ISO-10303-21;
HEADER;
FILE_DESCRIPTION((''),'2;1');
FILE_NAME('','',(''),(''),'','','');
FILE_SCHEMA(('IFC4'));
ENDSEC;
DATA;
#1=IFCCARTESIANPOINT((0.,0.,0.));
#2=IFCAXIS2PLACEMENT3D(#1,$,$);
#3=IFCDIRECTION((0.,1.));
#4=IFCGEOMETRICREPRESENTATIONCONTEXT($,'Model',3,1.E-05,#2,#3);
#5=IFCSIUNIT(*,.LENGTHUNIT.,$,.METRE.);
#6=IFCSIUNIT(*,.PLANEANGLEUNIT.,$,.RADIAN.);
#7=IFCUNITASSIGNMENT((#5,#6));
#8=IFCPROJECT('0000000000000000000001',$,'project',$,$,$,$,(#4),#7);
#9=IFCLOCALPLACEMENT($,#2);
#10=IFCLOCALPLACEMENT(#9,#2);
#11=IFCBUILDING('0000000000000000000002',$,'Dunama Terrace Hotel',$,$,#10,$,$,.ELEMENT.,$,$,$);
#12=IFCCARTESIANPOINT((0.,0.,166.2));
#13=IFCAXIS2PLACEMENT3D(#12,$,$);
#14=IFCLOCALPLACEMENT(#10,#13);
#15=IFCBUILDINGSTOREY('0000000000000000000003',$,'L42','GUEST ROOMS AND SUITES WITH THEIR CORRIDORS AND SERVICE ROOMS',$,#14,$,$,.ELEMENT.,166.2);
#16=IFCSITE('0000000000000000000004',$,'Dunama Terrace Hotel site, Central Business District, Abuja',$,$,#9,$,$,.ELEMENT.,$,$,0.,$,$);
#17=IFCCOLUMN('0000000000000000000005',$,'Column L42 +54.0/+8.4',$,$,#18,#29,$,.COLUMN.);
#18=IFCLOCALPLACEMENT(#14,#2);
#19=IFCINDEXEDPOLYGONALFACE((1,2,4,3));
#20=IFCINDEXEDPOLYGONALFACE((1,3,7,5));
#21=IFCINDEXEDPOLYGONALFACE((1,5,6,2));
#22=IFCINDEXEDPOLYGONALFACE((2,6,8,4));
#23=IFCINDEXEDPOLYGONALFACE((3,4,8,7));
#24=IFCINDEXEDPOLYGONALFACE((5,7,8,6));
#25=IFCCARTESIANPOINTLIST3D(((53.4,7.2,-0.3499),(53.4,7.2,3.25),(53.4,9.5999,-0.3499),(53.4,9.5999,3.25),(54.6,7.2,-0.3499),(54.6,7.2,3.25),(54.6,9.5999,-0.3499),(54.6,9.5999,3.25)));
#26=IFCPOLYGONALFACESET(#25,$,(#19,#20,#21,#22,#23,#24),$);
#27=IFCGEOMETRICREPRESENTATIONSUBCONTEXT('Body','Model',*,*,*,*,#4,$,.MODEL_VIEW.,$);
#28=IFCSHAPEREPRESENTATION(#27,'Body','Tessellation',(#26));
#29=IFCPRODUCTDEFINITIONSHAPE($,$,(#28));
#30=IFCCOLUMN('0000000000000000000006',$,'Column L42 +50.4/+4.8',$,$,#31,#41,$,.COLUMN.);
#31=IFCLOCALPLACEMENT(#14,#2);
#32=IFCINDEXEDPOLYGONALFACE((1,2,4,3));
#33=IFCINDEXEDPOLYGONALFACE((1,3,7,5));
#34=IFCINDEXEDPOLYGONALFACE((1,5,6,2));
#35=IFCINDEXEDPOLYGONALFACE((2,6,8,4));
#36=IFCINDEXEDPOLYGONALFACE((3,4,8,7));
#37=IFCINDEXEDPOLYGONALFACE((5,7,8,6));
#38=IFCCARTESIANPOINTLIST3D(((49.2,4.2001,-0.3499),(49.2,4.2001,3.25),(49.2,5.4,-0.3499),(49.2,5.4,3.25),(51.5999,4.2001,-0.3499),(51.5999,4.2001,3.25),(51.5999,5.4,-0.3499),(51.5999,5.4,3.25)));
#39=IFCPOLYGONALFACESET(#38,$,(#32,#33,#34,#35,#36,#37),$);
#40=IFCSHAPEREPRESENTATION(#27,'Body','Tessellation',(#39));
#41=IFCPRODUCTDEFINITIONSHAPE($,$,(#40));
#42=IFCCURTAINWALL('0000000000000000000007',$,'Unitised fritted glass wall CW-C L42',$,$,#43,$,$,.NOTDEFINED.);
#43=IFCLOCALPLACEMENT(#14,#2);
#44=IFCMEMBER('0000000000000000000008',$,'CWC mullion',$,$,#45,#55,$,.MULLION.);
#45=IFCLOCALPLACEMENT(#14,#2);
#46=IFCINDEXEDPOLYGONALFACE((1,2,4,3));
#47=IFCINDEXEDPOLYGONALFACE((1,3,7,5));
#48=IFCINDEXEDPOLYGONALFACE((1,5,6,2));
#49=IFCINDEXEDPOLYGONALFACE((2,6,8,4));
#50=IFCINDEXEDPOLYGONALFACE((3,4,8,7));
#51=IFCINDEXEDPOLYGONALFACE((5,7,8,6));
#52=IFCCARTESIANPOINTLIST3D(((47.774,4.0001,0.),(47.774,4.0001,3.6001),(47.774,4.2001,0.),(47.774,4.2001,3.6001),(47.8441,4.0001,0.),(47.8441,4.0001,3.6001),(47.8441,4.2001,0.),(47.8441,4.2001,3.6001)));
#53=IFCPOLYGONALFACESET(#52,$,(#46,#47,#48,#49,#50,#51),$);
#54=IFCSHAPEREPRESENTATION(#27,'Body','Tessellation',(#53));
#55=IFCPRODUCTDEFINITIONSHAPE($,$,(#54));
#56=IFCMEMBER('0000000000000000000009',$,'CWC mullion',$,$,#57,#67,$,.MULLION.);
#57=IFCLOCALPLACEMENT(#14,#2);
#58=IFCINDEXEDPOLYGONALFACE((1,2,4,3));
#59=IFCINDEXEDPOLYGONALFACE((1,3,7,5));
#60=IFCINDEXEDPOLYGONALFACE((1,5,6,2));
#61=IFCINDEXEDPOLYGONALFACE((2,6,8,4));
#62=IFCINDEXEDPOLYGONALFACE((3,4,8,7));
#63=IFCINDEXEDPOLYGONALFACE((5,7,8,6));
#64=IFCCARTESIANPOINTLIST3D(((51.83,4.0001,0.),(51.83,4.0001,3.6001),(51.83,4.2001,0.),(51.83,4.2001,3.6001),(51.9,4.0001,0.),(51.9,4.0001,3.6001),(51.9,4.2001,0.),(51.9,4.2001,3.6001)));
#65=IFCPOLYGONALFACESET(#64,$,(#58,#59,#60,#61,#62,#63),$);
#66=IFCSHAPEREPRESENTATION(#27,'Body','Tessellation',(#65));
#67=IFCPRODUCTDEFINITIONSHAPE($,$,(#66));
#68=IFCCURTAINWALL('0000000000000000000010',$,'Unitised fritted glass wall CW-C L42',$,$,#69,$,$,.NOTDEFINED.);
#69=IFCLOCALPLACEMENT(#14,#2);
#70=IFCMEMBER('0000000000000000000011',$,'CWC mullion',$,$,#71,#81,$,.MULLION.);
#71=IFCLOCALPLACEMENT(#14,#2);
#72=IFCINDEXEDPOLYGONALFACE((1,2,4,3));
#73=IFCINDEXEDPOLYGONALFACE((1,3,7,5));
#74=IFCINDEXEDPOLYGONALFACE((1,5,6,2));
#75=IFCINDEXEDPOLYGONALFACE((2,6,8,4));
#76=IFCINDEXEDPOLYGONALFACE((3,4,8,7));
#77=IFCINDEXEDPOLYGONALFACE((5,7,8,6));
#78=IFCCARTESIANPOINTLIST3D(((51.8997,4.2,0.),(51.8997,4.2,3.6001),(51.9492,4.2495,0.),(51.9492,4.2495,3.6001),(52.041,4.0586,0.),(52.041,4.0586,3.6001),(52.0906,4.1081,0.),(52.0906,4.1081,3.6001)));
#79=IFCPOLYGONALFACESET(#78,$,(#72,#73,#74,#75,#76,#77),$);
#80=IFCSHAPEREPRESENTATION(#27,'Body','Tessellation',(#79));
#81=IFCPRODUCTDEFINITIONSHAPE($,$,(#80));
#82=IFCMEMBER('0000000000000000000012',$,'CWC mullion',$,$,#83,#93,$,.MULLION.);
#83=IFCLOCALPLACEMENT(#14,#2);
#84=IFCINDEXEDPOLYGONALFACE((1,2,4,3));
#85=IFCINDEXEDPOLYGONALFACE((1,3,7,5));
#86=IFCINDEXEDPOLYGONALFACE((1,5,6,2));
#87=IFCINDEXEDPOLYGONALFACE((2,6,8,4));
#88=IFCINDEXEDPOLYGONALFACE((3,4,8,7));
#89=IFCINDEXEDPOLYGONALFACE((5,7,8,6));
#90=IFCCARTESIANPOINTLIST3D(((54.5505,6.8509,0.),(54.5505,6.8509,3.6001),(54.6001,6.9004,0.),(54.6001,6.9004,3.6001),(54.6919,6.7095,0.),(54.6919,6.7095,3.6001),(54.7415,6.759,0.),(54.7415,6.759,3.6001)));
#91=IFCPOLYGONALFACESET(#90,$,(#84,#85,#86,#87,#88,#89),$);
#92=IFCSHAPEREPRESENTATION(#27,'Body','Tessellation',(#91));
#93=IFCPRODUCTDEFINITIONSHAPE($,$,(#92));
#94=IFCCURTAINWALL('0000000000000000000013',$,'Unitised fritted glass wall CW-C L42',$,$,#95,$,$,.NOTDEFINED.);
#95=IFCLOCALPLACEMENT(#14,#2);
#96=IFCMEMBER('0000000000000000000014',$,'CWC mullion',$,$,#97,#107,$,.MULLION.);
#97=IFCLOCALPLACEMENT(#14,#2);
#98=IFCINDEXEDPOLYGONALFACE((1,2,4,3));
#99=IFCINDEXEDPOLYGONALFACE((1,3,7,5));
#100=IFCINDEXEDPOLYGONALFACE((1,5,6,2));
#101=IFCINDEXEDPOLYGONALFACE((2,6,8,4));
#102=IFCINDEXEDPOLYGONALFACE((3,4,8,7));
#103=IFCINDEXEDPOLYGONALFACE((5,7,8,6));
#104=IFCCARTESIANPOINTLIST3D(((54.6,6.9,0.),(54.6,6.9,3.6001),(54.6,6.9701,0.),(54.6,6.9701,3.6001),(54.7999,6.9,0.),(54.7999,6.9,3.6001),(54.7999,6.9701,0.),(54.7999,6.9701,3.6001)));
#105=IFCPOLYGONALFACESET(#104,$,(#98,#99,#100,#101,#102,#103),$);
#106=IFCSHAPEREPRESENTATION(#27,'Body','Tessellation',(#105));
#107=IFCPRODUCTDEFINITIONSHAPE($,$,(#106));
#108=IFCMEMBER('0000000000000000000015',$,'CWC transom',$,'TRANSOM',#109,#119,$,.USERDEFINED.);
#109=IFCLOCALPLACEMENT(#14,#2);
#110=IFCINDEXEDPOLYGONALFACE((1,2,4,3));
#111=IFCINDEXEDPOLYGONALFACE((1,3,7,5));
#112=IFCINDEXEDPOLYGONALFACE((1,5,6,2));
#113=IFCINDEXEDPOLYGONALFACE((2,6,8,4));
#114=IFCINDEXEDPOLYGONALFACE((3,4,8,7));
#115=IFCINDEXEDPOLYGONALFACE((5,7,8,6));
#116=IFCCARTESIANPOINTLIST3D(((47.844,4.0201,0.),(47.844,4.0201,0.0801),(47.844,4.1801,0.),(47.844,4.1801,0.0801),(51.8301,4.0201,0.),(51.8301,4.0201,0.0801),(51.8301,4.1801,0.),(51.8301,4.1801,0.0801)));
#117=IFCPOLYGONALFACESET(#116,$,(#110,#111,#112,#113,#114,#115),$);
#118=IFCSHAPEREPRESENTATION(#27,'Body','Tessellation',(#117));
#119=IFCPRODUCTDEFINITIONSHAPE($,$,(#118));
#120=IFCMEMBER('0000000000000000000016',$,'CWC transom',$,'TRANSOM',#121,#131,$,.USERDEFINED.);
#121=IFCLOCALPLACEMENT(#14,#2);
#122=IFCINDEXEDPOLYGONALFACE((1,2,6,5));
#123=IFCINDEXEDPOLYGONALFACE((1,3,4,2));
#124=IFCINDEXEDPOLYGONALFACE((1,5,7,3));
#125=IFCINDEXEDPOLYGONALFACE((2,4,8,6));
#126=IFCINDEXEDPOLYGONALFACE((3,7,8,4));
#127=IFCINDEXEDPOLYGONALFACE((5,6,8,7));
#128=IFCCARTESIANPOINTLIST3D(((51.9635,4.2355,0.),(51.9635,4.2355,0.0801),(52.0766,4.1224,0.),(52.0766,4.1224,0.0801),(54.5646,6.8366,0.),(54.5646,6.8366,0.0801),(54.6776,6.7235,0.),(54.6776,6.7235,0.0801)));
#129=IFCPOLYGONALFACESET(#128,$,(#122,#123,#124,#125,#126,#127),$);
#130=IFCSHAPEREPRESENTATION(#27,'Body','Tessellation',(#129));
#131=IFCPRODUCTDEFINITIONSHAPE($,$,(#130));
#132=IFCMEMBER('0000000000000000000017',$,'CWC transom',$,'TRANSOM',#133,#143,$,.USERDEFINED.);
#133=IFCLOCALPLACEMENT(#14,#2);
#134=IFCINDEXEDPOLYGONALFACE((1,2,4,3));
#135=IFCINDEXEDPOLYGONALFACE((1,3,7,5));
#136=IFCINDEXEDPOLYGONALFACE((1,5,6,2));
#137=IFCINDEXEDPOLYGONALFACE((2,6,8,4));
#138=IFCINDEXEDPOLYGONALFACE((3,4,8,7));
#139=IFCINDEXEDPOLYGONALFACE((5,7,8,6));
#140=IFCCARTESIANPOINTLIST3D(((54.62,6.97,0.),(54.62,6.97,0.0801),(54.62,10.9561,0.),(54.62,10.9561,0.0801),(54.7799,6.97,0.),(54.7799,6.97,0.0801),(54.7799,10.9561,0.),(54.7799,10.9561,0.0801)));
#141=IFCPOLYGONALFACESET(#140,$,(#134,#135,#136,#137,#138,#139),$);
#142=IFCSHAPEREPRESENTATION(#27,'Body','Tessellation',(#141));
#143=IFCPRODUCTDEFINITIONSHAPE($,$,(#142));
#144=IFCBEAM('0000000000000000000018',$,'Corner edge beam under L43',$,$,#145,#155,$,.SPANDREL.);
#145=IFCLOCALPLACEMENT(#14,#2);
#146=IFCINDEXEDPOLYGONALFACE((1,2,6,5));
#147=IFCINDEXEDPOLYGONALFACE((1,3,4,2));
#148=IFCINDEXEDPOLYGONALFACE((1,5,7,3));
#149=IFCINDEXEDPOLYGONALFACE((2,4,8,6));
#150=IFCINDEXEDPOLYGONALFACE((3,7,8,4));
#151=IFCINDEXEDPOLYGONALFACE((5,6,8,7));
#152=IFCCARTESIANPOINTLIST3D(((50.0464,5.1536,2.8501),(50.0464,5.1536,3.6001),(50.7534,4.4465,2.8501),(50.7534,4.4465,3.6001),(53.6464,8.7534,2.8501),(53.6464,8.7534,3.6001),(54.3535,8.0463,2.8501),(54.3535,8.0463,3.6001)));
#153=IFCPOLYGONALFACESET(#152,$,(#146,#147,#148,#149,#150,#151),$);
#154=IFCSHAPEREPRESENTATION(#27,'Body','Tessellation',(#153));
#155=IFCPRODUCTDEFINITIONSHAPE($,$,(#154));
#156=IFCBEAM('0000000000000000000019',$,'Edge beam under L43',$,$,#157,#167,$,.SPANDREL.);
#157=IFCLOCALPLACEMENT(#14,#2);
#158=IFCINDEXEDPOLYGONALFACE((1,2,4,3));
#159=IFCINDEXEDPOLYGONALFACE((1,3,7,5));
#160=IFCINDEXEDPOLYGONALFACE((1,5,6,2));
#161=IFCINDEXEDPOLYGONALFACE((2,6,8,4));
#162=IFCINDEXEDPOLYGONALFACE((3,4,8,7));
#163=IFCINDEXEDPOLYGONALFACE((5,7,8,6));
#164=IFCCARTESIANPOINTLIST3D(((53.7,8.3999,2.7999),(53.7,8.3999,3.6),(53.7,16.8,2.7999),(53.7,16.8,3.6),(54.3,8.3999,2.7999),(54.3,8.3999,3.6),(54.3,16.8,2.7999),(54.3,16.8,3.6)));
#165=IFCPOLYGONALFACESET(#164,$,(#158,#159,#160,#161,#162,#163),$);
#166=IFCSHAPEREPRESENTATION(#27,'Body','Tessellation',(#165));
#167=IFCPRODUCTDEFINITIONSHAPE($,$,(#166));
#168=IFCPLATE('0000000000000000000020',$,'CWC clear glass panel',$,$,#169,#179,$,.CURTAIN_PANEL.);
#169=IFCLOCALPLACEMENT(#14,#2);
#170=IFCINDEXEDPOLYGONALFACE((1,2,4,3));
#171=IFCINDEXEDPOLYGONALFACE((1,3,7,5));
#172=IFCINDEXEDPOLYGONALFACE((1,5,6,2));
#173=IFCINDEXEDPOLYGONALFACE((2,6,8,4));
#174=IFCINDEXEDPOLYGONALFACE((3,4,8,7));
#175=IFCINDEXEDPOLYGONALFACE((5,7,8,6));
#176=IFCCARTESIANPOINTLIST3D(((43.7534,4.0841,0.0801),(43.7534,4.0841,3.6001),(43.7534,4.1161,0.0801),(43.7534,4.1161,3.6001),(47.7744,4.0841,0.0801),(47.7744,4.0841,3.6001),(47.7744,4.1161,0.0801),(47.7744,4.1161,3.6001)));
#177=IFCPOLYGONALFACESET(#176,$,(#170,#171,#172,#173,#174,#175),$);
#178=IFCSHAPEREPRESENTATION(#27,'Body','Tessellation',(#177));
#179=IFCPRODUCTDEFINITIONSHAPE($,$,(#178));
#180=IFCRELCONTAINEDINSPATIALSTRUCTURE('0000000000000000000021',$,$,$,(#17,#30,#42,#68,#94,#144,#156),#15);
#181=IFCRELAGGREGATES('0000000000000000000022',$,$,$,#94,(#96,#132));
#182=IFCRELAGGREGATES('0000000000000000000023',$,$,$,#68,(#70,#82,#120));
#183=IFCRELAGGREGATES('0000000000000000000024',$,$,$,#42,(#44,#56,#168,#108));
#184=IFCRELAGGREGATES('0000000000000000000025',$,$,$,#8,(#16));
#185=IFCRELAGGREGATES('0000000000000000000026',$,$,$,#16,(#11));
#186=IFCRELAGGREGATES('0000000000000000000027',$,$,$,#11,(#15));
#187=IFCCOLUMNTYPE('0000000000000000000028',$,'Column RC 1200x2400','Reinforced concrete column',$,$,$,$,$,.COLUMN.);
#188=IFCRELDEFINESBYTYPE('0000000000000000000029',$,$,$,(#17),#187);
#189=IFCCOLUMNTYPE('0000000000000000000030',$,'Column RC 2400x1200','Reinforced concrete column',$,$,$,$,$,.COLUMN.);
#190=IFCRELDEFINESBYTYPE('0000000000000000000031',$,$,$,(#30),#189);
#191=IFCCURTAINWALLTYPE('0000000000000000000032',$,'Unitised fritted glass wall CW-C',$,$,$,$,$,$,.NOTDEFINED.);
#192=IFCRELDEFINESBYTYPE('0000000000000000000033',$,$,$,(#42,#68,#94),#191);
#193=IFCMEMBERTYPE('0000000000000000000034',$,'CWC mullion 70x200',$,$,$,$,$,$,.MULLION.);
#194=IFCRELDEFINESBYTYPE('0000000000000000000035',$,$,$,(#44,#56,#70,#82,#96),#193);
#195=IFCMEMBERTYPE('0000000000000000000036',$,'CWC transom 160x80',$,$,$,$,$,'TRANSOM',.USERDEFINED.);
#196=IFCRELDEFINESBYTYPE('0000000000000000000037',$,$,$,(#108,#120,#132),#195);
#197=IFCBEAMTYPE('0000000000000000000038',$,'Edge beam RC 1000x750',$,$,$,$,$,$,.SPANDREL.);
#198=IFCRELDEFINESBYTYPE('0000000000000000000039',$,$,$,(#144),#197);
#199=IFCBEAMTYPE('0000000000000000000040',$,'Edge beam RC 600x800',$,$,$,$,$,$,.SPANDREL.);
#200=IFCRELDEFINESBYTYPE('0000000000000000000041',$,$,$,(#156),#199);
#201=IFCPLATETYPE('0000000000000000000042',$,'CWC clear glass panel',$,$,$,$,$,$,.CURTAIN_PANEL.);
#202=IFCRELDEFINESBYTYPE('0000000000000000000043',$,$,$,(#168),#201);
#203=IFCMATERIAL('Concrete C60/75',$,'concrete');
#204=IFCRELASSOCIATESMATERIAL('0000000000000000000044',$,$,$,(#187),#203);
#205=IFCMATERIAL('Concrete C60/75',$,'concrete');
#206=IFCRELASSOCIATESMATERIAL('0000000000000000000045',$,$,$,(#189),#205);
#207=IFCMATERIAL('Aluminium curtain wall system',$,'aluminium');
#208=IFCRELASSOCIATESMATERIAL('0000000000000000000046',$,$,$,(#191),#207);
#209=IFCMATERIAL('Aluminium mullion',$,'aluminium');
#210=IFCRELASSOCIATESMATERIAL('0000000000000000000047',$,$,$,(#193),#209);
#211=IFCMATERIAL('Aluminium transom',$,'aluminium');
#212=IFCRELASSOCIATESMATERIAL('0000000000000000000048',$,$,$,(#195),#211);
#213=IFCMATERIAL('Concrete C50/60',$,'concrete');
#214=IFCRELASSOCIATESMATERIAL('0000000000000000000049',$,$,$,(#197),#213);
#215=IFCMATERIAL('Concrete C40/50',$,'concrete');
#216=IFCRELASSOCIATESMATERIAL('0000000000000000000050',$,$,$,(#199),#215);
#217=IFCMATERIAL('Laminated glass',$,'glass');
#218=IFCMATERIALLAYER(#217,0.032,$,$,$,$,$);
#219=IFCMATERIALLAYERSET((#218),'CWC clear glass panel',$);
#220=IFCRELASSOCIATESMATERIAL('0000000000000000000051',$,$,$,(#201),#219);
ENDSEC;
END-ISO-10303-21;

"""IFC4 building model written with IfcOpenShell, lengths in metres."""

from ifc_helpers import new_model, si_unit, direction, frame, origin, origin_2d, place, context, subcontext, project, spatial, rectangle, extrude, material, layer, layer_set, material_profile, profile_set, type_object, element, aggregate, save


model = new_model("IFC4")

# Units and contexts
model_context = context("Model", 3, precision=1e-05, world=origin(), true_north=direction((0.0, 1.0)))
body_context = subcontext(model_context, "Body", "Model", "MODEL_VIEW")
ifc_project = project(units=[si_unit("LENGTHUNIT", "METRE"), si_unit("PLANEANGLEUNIT", "RADIAN")], contexts=[model_context])

# Site, building, storey
site_placement = place(None, origin())
site = spatial("IfcSite", under=ifc_project, at=site_placement, Name="Dunama Terrace Hotel site, Central Business District, Abuja", CompositionType="ELEMENT", RefElevation=0.0)
building_placement = place(site_placement, origin())
building = spatial("IfcBuilding", under=site, at=building_placement, Name="Dunama Terrace Hotel", CompositionType="ELEMENT")
storey_placement = place(building_placement, frame((0.0, 0.0, 166.2)))
storey = spatial("IfcBuildingStorey", under=building, at=storey_placement, Name="L42", Description="GUEST ROOMS AND SUITES WITH THEIR CORRIDORS AND SERVICE ROOMS", CompositionType="ELEMENT", Elevation=166.2)

# Columns
ifc_material_1 = material(Name="Concrete C60/75", Category="concrete")
ifc_material_profile_1 = material_profile(ifc_material_1, rectangle(XDim=1.2, YDim=2.3999, at=origin_2d()), Name="RC 1200x2400")
ifc_profile_set_1 = profile_set([ifc_material_profile_1], Name="Concrete C60/75")
column_type_1 = type_object("IfcColumnType", Name="Column RC 1200x2400", Description="Reinforced concrete column", PredefinedType="COLUMN", material=ifc_profile_set_1)
column_1_placement = place(storey_placement, frame((54.0, 8.3999, -0.3499), z_axis=(0.0, 0.0, 1.0), x_axis=(1.0, 0.0, 0.0)))
element("IfcColumn", 1, at=column_1_placement, inside=storey, type_object=column_type_1, Name="Column L42 +54.0/+8.4", PredefinedType="COLUMN", context=body_context, shape_type="SweptSolid", body=[
    extrude(rectangle(XDim=1.2, YDim=2.3999, at=origin_2d()), origin(), (0.0, 0.0, 1.0), 3.5999),
])
ifc_material_2 = material(Name="Concrete C60/75", Category="concrete")
ifc_material_profile_2 = material_profile(ifc_material_2, rectangle(XDim=2.3999, YDim=1.2, at=origin_2d()), Name="RC 2400x1200")
ifc_profile_set_2 = profile_set([ifc_material_profile_2], Name="Concrete C60/75")
column_type_2 = type_object("IfcColumnType", Name="Column RC 2400x1200", Description="Reinforced concrete column", PredefinedType="COLUMN", material=ifc_profile_set_2)
column_2_placement = place(storey_placement, frame((50.3999, 4.8, -0.3499), z_axis=(0.0, 0.0, 1.0), x_axis=(1.0, 0.0, 0.0)))
element("IfcColumn", 2, at=column_2_placement, inside=storey, type_object=column_type_2, Name="Column L42 +50.4/+4.8", PredefinedType="COLUMN", context=body_context, shape_type="SweptSolid", body=[
    extrude(rectangle(XDim=2.3999, YDim=1.2, at=origin_2d()), origin(), (0.0, 0.0, 1.0), 3.5999),
])

# Curtain walls, members
ifc_material_3 = material(Name="Aluminium curtain wall system", Category="aluminium")
curtain_wall_type = type_object("IfcCurtainWallType", Name="Unitised fritted glass wall CW-C", PredefinedType="NOTDEFINED", material=ifc_material_3)
curtain_wall_1_placement = place(storey_placement, origin())
curtain_wall_1 = element("IfcCurtainWall", 3, at=curtain_wall_1_placement, inside=storey, type_object=curtain_wall_type, Name="Unitised fritted glass wall CW-C L42", PredefinedType="NOTDEFINED")
ifc_material_4 = material(Name="Aluminium mullion", Category="aluminium")
ifc_material_profile_3 = material_profile(ifc_material_4, rectangle(XDim=0.0701, YDim=0.2, at=origin_2d()), Name="CWC MULLION 70X200")
ifc_profile_set_3 = profile_set([ifc_material_profile_3], Name="Aluminium mullion")
member_type_1 = type_object("IfcMemberType", Name="CWC mullion 70x200", PredefinedType="MULLION", material=ifc_profile_set_3)
member_1_placement = place(storey_placement, frame((47.8091, 4.1001, 0.0), z_axis=(0.0, 0.0, 1.0), x_axis=(1.0, 0.0, 0.0)))
member_1 = element("IfcMember", 4, at=member_1_placement, type_object=member_type_1, Name="CWC mullion", PredefinedType="MULLION", context=body_context, shape_type="SweptSolid", body=[
    extrude(rectangle(XDim=0.0701, YDim=0.2, at=origin_2d()), origin(), (0.0, 0.0, 1.0), 3.6001),
])
member_2_placement = place(storey_placement, frame((51.865, 4.1001, 0.0), z_axis=(0.0, 0.0, 1.0), x_axis=(1.0, 0.0, 0.0)))
member_2 = element("IfcMember", 5, at=member_2_placement, type_object=member_type_1, Name="CWC mullion", PredefinedType="MULLION", context=body_context, shape_type="SweptSolid", body=[
    extrude(rectangle(XDim=0.0701, YDim=0.2, at=origin_2d()), origin(), (0.0, 0.0, 1.0), 3.6001),
])
curtain_wall_2_placement = place(storey_placement, origin())
curtain_wall_2 = element("IfcCurtainWall", 6, at=curtain_wall_2_placement, inside=storey, type_object=curtain_wall_type, Name="Unitised fritted glass wall CW-C L42", PredefinedType="NOTDEFINED")
member_3_placement = place(storey_placement, frame((51.9951, 4.1541, 0.0), z_axis=(0.0, 0.0, 1.0), x_axis=(0.707107, 0.707107, 0.0)))
member_3 = element("IfcMember", 7, at=member_3_placement, type_object=member_type_1, Name="CWC mullion", PredefinedType="MULLION", context=body_context, shape_type="SweptSolid", body=[
    extrude(rectangle(XDim=0.0701, YDim=0.2, at=origin_2d()), origin(), (0.0, 0.0, 1.0), 3.6001),
])
member_4_placement = place(storey_placement, frame((54.646, 6.8049, 0.0), z_axis=(0.0, 0.0, 1.0), x_axis=(0.707107, 0.707107, 0.0)))
member_4 = element("IfcMember", 8, at=member_4_placement, type_object=member_type_1, Name="CWC mullion", PredefinedType="MULLION", context=body_context, shape_type="SweptSolid", body=[
    extrude(rectangle(XDim=0.0701, YDim=0.2, at=origin_2d()), origin(), (0.0, 0.0, 1.0), 3.6001),
])

# Curtain wall, member
curtain_wall_3_placement = place(storey_placement, origin())
curtain_wall_3 = element("IfcCurtainWall", 9, at=curtain_wall_3_placement, inside=storey, type_object=curtain_wall_type, Name="Unitised fritted glass wall CW-C L42", PredefinedType="NOTDEFINED")
member_5_placement = place(storey_placement, frame((54.7, 6.9351, 0.0), z_axis=(0.0, 0.0, 1.0), x_axis=(0.0, 1.0, 0.0)))
member_5 = element("IfcMember", 10, at=member_5_placement, type_object=member_type_1, Name="CWC mullion", PredefinedType="MULLION", context=body_context, shape_type="SweptSolid", body=[
    extrude(rectangle(XDim=0.0701, YDim=0.2, at=origin_2d()), origin(), (0.0, 0.0, 1.0), 3.6001),
])

# Members
ifc_material_5 = material(Name="Aluminium transom", Category="aluminium")
ifc_material_profile_4 = material_profile(ifc_material_5, rectangle(XDim=0.1599, YDim=0.0801, at=origin_2d()), Name="CWC TRANSOM 160X80")
ifc_profile_set_4 = profile_set([ifc_material_profile_4], Name="Aluminium transom")
member_type_2 = type_object("IfcMemberType", Name="CWC transom 160x80", ElementType="TRANSOM", PredefinedType="USERDEFINED", material=ifc_profile_set_4)
member_6_placement = place(storey_placement, frame((47.844, 4.1001, 0.04), z_axis=(1.0, 0.0, 0.0), x_axis=(0.0, 1.0, 0.0)))
member_6 = element("IfcMember", 11, at=member_6_placement, type_object=member_type_2, Name="CWC transom", ObjectType="TRANSOM", PredefinedType="USERDEFINED", context=body_context, shape_type="SweptSolid", body=[
    extrude(rectangle(XDim=0.1599, YDim=0.0801, at=origin_2d()), origin(), (0.0, 0.0, 1.0), 3.9861),
])
member_7_placement = place(storey_placement, frame((52.02, 4.179, 0.04), z_axis=(0.707107, 0.707107, 0.0), x_axis=(-0.707107, 0.707107, 0.0)))
member_7 = element("IfcMember", 12, at=member_7_placement, type_object=member_type_2, Name="CWC transom", ObjectType="TRANSOM", PredefinedType="USERDEFINED", context=body_context, shape_type="SweptSolid", body=[
    extrude(rectangle(XDim=0.1599, YDim=0.0801, at=origin_2d()), origin(), (0.0, 0.0, 1.0), 3.6785),
])
member_8_placement = place(storey_placement, frame((54.7, 6.97, 0.04), z_axis=(0.0, 1.0, 0.0), x_axis=(-1.0, 0.0, 0.0)))
member_8 = element("IfcMember", 13, at=member_8_placement, type_object=member_type_2, Name="CWC transom", ObjectType="TRANSOM", PredefinedType="USERDEFINED", context=body_context, shape_type="SweptSolid", body=[
    extrude(rectangle(XDim=0.1599, YDim=0.0801, at=origin_2d()), origin(), (0.0, 0.0, 1.0), 3.9861),
])

# Beams
ifc_material_6 = material(Name="Concrete C50/60", Category="concrete")
ifc_material_profile_5 = material_profile(ifc_material_6, rectangle(XDim=1.0, YDim=0.75, at=origin_2d()), Name="RC 1000x750")
ifc_profile_set_5 = profile_set([ifc_material_profile_5], Name="Concrete C50/60")
beam_type_1 = type_object("IfcBeamType", Name="Edge beam RC 1000x750", PredefinedType="SPANDREL", material=ifc_profile_set_5)
beam_1_placement = place(storey_placement, frame((50.3999, 4.8, 3.2251), z_axis=(0.707131, 0.707083, 0.0), x_axis=(-0.707083, 0.707131, 0.0)))
element("IfcBeam", 14, at=beam_1_placement, inside=storey, type_object=beam_type_1, Name="Corner edge beam under L43", PredefinedType="SPANDREL", context=body_context, shape_type="SweptSolid", body=[
    extrude(rectangle(XDim=1.0, YDim=0.75, at=origin_2d()), origin(), (0.0, 0.0, 1.0), 5.0911),
])
ifc_material_7 = material(Name="Concrete C40/50", Category="concrete")
ifc_material_profile_6 = material_profile(ifc_material_7, rectangle(XDim=0.6001, YDim=0.8, at=origin_2d()), Name="RC 600x800")
ifc_profile_set_6 = profile_set([ifc_material_profile_6], Name="Concrete C40/50")
beam_type_2 = type_object("IfcBeamType", Name="Edge beam RC 600x800", PredefinedType="SPANDREL", material=ifc_profile_set_6)
beam_2_placement = place(storey_placement, frame((54.0, 8.3999, 3.2), z_axis=(0.0, 1.0, 0.0), x_axis=(-1.0, 0.0, 0.0)))
element("IfcBeam", 15, at=beam_2_placement, inside=storey, type_object=beam_type_2, Name="Edge beam under L43", PredefinedType="SPANDREL", context=body_context, shape_type="SweptSolid", body=[
    extrude(rectangle(XDim=0.6001, YDim=0.8, at=origin_2d()), origin(), (0.0, 0.0, 1.0), 8.4001),
])

# Plate
ifc_material_8 = material(Name="Laminated glass", Category="glass")
ifc_layer_1 = layer(ifc_material_8, 0.032)
ifc_layer_set_1 = layer_set([ifc_layer_1], Name="CWC clear glass panel")
plate_type_1 = type_object("IfcPlateType", Name="CWC clear glass panel", PredefinedType="CURTAIN_PANEL", material=ifc_layer_set_1)
plate_1_placement = place(storey_placement, frame((45.7639, 4.1001, 0.0801), z_axis=(0.0, 0.0, 1.0), x_axis=(1.0, 0.0, 0.0)))
plate_1 = element("IfcPlate", 16, at=plate_1_placement, type_object=plate_type_1, Name="CWC clear glass panel", PredefinedType="CURTAIN_PANEL", context=body_context, shape_type="SweptSolid", body=[
    extrude(rectangle(XDim=4.021, YDim=0.032, at=origin_2d()), origin(), (0.0, 0.0, 1.0), 3.52),
])
aggregate(curtain_wall_3, [member_5, member_8])
aggregate(curtain_wall_2, [member_3, member_4, member_7])
aggregate(curtain_wall_1, [member_1, member_2, plate_1, member_6])

save(model, "model.ifc")
